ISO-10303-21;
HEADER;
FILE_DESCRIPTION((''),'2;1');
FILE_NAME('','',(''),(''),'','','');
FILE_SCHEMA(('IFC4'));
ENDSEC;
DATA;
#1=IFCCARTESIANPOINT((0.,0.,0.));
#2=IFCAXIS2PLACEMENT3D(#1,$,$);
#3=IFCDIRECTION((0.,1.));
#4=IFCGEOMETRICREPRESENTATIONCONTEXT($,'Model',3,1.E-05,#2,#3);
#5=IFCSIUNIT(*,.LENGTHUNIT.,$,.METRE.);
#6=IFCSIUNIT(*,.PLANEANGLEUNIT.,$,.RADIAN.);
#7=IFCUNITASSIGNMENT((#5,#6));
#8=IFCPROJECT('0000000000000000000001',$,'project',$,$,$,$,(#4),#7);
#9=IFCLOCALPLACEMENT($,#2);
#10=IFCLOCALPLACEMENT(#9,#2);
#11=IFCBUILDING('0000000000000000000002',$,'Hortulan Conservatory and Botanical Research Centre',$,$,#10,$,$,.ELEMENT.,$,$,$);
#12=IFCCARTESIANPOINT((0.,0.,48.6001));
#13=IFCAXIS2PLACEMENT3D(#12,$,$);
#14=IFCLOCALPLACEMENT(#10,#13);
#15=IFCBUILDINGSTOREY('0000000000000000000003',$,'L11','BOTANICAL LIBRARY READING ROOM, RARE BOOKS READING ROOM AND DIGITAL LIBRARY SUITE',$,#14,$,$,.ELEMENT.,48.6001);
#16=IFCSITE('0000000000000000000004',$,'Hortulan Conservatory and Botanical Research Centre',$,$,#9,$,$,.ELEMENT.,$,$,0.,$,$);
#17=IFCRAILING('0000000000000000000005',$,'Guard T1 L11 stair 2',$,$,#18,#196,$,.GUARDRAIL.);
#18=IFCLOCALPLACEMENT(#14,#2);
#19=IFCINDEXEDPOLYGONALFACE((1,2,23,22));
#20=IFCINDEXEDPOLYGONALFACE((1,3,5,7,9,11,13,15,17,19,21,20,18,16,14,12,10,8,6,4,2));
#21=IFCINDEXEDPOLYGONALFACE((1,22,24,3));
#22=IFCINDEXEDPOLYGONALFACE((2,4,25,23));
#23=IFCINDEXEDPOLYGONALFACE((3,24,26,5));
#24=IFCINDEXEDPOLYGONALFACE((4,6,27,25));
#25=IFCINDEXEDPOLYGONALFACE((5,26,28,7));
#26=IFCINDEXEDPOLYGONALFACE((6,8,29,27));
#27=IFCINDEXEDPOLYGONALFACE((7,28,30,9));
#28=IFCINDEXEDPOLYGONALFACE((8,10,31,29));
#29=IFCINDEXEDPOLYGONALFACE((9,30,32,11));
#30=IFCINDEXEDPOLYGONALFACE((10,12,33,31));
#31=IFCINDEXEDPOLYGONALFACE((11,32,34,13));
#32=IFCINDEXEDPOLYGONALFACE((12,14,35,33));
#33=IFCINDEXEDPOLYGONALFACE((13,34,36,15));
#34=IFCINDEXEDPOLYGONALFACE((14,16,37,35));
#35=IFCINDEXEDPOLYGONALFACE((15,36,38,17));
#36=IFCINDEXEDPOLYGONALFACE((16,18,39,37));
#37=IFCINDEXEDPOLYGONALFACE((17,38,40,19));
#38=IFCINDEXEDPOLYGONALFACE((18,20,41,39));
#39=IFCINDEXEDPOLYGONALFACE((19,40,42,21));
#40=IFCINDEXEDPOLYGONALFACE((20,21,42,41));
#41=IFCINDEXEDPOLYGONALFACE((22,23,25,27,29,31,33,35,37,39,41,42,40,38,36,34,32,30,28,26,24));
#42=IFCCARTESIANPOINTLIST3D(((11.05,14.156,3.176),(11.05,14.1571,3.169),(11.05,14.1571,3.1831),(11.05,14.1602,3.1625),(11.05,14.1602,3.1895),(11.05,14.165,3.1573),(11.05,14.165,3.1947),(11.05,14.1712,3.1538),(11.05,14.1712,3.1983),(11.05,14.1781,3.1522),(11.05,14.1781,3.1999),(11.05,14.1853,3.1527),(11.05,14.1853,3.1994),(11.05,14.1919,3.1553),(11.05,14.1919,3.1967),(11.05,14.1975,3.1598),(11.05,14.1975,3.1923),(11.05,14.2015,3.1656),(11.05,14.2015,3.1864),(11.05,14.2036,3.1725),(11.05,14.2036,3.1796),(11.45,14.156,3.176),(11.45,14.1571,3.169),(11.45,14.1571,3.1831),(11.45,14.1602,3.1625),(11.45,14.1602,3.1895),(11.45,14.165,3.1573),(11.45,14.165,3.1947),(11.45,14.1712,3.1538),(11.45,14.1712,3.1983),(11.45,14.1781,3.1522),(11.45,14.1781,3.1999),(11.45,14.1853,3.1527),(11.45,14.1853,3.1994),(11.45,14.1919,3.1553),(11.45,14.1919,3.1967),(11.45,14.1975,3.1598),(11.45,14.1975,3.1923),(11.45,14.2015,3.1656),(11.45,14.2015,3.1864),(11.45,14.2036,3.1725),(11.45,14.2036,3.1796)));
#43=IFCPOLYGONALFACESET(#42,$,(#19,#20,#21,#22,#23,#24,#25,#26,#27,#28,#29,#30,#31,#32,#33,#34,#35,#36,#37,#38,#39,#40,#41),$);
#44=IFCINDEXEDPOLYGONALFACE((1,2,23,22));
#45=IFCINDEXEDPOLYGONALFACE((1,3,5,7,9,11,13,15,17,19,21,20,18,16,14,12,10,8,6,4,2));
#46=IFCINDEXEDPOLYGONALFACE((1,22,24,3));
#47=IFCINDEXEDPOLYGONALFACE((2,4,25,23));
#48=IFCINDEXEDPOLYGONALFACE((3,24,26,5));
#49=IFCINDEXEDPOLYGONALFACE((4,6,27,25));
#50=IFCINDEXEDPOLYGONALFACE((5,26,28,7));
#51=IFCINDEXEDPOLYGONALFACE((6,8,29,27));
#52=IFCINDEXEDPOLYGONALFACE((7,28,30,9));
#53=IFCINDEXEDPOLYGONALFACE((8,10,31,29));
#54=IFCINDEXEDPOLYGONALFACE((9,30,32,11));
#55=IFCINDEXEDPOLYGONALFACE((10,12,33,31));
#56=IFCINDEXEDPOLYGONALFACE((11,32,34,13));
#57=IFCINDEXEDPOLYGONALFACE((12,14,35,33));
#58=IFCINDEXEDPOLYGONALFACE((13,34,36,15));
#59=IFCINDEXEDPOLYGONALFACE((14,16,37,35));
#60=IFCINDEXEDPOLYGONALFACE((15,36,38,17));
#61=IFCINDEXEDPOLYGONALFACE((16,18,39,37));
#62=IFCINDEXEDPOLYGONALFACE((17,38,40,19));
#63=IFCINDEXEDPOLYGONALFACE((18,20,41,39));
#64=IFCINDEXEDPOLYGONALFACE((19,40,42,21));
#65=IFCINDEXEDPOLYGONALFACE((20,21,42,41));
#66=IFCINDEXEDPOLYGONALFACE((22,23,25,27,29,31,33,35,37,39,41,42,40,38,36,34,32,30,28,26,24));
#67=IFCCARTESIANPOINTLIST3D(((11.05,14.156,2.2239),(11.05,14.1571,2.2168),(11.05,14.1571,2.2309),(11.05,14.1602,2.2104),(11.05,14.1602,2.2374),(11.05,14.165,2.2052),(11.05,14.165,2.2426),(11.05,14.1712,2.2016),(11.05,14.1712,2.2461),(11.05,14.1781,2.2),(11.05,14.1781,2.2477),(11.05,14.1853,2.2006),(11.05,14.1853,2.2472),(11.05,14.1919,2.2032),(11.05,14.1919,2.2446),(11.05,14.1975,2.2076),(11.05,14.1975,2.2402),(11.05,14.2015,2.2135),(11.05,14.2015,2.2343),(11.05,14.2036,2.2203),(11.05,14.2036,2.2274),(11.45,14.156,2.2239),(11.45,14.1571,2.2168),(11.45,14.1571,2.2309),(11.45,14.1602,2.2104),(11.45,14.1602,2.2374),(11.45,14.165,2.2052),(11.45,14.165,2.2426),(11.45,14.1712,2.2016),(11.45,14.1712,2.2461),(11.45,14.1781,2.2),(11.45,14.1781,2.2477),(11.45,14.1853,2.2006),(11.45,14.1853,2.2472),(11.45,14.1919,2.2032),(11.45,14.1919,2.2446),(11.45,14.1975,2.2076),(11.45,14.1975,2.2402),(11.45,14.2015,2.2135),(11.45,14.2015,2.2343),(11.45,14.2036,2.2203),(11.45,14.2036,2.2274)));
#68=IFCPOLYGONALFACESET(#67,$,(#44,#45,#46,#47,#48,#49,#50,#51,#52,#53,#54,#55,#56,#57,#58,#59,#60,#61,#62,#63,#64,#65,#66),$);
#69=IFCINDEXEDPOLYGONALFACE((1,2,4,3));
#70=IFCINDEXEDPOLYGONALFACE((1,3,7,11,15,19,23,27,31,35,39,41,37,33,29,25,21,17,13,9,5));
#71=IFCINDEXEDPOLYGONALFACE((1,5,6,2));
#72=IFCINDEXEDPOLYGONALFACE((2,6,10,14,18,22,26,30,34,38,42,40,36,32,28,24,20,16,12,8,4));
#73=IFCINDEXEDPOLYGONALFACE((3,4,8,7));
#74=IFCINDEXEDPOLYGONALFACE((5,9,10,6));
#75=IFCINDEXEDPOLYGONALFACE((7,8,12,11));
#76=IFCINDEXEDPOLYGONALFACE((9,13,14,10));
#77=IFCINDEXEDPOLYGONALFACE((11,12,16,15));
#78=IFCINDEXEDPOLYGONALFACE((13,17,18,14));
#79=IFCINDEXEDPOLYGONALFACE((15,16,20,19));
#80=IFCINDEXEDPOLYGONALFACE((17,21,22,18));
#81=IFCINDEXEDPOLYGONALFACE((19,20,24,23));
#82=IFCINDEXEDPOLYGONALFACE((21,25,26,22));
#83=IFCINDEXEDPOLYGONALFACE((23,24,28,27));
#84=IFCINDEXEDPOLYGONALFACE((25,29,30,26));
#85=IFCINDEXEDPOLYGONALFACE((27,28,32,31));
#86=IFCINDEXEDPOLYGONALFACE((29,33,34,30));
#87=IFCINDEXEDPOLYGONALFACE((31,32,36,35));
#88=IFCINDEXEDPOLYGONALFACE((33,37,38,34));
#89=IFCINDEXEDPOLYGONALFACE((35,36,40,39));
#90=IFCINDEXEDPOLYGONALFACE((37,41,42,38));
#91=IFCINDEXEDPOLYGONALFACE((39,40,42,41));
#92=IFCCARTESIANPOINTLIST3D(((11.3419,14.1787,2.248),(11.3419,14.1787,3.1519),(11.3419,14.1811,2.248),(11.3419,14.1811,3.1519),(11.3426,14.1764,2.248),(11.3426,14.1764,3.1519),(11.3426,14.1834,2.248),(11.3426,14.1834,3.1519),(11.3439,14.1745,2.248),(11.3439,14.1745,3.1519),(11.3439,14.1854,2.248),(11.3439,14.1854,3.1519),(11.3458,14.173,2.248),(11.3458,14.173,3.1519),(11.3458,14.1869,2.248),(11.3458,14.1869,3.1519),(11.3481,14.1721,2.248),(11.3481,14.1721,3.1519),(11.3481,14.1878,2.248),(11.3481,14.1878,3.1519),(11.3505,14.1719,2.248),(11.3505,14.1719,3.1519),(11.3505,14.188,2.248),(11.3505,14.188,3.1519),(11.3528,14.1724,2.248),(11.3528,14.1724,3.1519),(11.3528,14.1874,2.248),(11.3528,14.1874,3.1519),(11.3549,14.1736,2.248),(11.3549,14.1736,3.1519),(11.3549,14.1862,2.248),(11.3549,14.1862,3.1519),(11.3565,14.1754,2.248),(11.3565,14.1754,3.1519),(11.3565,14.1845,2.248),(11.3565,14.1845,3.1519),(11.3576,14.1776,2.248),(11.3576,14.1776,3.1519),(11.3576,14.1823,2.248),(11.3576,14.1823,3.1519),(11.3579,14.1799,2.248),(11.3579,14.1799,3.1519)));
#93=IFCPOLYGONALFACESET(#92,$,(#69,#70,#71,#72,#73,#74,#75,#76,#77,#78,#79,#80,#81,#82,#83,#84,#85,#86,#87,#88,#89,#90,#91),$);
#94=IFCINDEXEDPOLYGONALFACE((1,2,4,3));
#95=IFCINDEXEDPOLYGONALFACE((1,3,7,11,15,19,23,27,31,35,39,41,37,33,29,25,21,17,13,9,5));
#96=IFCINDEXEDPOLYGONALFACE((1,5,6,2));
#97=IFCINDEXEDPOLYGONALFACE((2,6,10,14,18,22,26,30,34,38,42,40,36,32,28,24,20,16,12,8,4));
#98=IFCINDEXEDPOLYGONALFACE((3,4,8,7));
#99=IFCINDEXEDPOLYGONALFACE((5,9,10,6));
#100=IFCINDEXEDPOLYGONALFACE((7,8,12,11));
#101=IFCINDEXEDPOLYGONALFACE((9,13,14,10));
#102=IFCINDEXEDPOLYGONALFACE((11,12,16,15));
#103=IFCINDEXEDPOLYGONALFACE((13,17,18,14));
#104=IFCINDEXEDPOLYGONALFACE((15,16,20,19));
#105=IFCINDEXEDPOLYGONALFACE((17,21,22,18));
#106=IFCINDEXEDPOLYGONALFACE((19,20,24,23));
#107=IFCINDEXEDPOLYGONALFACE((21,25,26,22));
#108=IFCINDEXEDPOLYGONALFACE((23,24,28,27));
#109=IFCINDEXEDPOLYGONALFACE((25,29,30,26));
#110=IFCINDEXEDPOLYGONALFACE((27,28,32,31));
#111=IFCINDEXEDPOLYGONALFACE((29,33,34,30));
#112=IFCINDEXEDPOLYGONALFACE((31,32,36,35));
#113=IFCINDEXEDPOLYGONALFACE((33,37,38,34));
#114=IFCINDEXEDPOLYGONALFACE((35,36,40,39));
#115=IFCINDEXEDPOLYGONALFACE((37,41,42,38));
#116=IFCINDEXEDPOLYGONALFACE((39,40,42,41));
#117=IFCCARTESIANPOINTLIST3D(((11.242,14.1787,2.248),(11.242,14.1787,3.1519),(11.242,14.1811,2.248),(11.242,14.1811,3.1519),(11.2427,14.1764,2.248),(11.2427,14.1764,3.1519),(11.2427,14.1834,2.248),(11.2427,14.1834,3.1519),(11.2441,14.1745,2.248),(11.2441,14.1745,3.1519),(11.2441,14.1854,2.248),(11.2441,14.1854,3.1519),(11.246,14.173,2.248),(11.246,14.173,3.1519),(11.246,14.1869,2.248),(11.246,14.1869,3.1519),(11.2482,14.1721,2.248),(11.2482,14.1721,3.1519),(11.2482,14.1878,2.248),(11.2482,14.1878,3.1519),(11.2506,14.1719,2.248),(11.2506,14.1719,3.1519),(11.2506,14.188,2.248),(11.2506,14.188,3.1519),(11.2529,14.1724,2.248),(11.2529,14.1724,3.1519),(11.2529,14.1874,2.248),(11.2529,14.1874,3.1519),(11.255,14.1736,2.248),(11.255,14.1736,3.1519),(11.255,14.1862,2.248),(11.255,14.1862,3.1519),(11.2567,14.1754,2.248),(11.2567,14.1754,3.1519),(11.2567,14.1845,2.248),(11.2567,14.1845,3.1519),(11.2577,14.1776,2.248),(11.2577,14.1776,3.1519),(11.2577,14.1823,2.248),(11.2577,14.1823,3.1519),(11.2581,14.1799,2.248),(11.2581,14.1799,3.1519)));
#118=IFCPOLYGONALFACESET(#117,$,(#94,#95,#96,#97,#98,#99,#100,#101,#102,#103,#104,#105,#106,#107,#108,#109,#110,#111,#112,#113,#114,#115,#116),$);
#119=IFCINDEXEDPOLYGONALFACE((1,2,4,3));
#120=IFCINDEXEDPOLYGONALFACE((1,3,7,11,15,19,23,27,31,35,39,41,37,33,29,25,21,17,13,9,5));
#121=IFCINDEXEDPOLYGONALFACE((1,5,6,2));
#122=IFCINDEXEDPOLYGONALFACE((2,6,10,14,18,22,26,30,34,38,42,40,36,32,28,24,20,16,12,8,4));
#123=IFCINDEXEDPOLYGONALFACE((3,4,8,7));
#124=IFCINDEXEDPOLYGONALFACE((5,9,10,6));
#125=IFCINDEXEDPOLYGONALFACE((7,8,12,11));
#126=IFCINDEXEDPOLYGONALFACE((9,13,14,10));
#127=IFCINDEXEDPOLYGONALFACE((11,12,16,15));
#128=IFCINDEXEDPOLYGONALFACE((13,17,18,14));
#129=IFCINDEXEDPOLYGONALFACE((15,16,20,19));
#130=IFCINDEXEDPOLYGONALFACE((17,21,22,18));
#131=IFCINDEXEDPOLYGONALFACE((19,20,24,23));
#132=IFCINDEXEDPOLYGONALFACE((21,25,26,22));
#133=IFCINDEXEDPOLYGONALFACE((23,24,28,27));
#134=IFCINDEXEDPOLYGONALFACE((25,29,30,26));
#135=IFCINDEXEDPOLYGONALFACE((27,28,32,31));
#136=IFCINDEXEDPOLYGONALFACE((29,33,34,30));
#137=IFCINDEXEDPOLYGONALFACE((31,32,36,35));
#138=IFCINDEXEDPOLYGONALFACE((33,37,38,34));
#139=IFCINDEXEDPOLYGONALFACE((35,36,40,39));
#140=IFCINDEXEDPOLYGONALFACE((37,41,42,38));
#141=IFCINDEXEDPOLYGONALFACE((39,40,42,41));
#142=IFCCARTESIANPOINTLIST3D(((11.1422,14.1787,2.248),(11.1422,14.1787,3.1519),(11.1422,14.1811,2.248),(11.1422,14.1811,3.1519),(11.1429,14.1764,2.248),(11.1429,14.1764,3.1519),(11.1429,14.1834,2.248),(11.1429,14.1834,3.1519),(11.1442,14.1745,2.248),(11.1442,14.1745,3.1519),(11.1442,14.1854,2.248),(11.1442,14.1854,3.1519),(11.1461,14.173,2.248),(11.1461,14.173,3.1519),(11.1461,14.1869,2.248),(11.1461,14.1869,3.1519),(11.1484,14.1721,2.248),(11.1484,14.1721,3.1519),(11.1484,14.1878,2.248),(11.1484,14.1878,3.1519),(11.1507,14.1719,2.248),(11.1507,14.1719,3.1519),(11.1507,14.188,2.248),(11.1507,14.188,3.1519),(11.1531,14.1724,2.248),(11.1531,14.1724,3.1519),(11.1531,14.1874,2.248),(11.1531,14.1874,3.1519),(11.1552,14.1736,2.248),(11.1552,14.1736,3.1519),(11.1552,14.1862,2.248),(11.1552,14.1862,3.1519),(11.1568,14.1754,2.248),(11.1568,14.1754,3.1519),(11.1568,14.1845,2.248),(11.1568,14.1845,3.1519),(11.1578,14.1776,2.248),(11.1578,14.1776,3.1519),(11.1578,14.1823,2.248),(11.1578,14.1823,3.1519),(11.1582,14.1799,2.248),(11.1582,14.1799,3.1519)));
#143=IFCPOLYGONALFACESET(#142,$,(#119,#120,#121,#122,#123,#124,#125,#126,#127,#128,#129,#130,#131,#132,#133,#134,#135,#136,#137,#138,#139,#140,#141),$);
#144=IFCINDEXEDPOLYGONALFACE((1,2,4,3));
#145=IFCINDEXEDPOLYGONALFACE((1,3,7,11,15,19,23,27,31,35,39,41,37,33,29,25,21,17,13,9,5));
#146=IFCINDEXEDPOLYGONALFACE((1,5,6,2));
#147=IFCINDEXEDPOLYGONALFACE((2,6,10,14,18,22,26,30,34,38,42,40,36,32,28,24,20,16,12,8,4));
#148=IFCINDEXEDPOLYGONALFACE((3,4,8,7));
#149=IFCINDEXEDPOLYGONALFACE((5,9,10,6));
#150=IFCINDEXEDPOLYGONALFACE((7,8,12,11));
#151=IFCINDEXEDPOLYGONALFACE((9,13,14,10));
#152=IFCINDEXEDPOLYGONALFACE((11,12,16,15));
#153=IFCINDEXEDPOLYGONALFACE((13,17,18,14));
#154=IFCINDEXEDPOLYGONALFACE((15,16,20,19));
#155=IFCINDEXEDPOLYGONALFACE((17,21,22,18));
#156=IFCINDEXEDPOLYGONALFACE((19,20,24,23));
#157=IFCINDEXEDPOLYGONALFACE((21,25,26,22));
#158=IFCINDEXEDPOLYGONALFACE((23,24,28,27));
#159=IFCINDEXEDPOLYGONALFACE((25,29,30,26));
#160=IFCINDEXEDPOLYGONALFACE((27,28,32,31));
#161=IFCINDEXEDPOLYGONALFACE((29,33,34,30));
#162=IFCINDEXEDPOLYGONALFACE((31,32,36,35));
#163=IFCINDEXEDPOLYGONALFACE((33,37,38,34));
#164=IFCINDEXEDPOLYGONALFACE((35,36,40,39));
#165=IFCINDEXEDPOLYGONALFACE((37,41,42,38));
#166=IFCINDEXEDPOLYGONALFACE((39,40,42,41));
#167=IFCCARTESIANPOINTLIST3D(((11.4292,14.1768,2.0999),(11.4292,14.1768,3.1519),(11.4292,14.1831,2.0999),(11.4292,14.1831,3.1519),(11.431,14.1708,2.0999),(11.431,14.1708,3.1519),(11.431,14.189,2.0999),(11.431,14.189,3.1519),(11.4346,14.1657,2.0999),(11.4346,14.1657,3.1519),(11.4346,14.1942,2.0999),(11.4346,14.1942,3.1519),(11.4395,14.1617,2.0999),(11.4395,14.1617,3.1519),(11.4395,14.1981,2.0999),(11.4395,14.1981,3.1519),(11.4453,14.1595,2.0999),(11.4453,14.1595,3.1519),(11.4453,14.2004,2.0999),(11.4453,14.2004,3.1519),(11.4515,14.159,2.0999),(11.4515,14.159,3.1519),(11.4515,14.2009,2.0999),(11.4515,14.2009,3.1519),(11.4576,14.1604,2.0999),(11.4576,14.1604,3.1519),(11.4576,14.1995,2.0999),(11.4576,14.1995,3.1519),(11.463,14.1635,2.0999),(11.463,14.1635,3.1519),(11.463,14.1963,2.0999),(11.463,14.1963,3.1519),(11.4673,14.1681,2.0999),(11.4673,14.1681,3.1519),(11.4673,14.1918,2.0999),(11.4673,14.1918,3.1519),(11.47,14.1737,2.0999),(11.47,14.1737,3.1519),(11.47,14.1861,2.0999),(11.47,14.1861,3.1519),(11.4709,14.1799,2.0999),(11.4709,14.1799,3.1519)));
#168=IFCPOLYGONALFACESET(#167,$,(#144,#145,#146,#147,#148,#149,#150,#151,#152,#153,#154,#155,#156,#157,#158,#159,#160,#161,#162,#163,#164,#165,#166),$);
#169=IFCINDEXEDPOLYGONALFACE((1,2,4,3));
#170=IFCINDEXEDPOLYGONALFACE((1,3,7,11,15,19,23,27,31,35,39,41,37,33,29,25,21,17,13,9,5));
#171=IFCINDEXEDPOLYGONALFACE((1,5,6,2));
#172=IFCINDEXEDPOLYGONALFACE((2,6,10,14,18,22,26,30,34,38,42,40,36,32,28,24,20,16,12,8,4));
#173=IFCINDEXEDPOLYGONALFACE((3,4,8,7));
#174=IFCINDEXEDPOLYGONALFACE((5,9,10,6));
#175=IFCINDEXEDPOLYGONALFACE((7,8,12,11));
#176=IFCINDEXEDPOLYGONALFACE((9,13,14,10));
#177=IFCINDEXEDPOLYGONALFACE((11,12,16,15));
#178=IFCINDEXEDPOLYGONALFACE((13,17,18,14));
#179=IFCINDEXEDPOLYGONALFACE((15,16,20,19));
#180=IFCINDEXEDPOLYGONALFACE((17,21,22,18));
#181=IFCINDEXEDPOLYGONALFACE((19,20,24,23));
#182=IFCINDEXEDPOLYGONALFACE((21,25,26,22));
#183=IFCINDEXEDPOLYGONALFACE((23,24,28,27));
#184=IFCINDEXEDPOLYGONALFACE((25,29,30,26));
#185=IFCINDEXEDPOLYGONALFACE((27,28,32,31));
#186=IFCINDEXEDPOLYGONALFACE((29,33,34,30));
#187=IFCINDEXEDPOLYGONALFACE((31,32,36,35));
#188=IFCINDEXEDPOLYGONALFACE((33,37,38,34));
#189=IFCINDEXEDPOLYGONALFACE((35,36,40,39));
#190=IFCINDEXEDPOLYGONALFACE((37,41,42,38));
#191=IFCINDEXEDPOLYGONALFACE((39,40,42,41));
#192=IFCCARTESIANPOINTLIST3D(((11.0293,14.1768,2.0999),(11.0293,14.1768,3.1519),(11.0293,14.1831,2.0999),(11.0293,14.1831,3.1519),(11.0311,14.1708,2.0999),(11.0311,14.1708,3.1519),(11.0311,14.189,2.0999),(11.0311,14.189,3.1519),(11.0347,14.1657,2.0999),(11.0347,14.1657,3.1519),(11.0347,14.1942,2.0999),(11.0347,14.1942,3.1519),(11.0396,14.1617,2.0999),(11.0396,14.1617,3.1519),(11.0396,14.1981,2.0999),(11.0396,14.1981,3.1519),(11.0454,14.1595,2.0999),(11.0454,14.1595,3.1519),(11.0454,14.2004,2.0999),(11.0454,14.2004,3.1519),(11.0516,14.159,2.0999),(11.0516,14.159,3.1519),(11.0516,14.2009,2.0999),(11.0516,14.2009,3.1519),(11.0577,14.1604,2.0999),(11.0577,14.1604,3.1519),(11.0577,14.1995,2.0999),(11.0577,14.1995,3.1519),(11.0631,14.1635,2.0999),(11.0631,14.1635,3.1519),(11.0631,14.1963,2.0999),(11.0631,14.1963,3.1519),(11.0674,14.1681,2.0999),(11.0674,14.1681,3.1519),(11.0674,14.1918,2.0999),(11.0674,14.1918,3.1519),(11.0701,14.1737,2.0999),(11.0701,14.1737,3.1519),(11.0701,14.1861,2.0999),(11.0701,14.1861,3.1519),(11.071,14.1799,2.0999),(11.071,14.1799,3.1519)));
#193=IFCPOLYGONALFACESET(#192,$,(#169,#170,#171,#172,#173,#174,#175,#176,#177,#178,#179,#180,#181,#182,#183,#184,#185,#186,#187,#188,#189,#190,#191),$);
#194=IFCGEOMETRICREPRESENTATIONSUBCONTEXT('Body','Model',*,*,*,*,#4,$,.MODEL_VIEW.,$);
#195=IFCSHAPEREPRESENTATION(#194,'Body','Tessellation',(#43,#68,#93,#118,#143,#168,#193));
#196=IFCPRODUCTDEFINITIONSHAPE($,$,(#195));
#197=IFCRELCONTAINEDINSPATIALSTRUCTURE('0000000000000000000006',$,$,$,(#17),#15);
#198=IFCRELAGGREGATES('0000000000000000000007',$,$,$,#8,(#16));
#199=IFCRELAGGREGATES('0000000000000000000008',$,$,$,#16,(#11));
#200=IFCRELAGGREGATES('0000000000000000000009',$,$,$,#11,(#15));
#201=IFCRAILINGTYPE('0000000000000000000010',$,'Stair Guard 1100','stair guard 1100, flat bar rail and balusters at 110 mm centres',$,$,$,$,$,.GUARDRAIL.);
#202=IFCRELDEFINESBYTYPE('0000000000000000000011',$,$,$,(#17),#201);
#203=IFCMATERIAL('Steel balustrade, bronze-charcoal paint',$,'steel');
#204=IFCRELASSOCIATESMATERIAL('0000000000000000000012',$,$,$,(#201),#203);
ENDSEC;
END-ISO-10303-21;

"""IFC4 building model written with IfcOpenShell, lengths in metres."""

from ifc_helpers import new_model, si_unit, direction, frame, origin, origin_2d, place, context, subcontext, project, spatial, circle, extrude, material, type_object, element, save


model = new_model("IFC4")

# Units and contexts
model_context = context("Model", 3, precision=1e-05, world=origin(), true_north=direction((0.0, 1.0)))
body_context = subcontext(model_context, "Body", "Model", "MODEL_VIEW")
ifc_project = project(units=[si_unit("LENGTHUNIT", "METRE"), si_unit("PLANEANGLEUNIT", "RADIAN")], contexts=[model_context])

# Site, building, storey
site_placement = place(None, origin())
site = spatial("IfcSite", under=ifc_project, at=site_placement, Name="Hortulan Conservatory and Botanical Research Centre", CompositionType="ELEMENT", RefElevation=0.0)
building_placement = place(site_placement, origin())
building = spatial("IfcBuilding", under=site, at=building_placement, Name="Hortulan Conservatory and Botanical Research Centre", CompositionType="ELEMENT")
storey_placement = place(building_placement, frame((0.0, 0.0, 48.6001)))
storey = spatial("IfcBuildingStorey", under=building, at=storey_placement, Name="L11", Description="BOTANICAL LIBRARY READING ROOM, RARE BOOKS READING ROOM AND DIGITAL LIBRARY SUITE", CompositionType="ELEMENT", Elevation=48.6001)

# Railing
ifc_material_1 = material(Name="Steel balustrade, bronze-charcoal paint", Category="steel")
railing_type = type_object("IfcRailingType", Name="Stair Guard 1100", Description="stair guard 1100, flat bar rail and balusters at 110 mm centres", PredefinedType="GUARDRAIL", material=ifc_material_1)
railing_placement = place(storey_placement, frame((11.45, 14.1799, 2.0999)))
element("IfcRailing", 1, at=railing_placement, inside=storey, type_object=railing_type, Name="Guard T1 L11 stair 2", PredefinedType="GUARDRAIL", context=body_context, shape_type="SweptSolid", body=[
    extrude(circle(Radius=0.0239, at=origin_2d()), frame((0.0, 0.0, 1.0762), z_axis=(-1.0, 0.0, 0.0), x_axis=(0.0, -1.0, 0.0)), (0.0, 0.0, 1.0), 0.3999),
    extrude(circle(Radius=0.0239, at=origin_2d()), frame((0.0, 0.0, 0.124), z_axis=(-1.0, 0.0, 0.0), x_axis=(0.0, -1.0, 0.0)), (0.0, 0.0, 1.0), 0.3999),
    extrude(circle(Radius=0.0081, at=origin_2d()), frame((-0.1001, 0.0, 0.1482)), (0.0, 0.0, 1.0), 0.9038),
    extrude(circle(Radius=0.0081, at=origin_2d()), frame((-0.2, 0.0, 0.1482)), (0.0, 0.0, 1.0), 0.9038),
    extrude(circle(Radius=0.0081, at=origin_2d()), frame((-0.2998, 0.0, 0.1482)), (0.0, 0.0, 1.0), 0.9038),
    extrude(circle(Radius=0.021, at=origin_2d()), origin(), (0.0, 0.0, 1.0), 1.052),
    extrude(circle(Radius=0.021, at=origin_2d()), frame((-0.3999, 0.0, 0.0)), (0.0, 0.0, 1.0), 1.052),
])

save(model, "model.ifc")
